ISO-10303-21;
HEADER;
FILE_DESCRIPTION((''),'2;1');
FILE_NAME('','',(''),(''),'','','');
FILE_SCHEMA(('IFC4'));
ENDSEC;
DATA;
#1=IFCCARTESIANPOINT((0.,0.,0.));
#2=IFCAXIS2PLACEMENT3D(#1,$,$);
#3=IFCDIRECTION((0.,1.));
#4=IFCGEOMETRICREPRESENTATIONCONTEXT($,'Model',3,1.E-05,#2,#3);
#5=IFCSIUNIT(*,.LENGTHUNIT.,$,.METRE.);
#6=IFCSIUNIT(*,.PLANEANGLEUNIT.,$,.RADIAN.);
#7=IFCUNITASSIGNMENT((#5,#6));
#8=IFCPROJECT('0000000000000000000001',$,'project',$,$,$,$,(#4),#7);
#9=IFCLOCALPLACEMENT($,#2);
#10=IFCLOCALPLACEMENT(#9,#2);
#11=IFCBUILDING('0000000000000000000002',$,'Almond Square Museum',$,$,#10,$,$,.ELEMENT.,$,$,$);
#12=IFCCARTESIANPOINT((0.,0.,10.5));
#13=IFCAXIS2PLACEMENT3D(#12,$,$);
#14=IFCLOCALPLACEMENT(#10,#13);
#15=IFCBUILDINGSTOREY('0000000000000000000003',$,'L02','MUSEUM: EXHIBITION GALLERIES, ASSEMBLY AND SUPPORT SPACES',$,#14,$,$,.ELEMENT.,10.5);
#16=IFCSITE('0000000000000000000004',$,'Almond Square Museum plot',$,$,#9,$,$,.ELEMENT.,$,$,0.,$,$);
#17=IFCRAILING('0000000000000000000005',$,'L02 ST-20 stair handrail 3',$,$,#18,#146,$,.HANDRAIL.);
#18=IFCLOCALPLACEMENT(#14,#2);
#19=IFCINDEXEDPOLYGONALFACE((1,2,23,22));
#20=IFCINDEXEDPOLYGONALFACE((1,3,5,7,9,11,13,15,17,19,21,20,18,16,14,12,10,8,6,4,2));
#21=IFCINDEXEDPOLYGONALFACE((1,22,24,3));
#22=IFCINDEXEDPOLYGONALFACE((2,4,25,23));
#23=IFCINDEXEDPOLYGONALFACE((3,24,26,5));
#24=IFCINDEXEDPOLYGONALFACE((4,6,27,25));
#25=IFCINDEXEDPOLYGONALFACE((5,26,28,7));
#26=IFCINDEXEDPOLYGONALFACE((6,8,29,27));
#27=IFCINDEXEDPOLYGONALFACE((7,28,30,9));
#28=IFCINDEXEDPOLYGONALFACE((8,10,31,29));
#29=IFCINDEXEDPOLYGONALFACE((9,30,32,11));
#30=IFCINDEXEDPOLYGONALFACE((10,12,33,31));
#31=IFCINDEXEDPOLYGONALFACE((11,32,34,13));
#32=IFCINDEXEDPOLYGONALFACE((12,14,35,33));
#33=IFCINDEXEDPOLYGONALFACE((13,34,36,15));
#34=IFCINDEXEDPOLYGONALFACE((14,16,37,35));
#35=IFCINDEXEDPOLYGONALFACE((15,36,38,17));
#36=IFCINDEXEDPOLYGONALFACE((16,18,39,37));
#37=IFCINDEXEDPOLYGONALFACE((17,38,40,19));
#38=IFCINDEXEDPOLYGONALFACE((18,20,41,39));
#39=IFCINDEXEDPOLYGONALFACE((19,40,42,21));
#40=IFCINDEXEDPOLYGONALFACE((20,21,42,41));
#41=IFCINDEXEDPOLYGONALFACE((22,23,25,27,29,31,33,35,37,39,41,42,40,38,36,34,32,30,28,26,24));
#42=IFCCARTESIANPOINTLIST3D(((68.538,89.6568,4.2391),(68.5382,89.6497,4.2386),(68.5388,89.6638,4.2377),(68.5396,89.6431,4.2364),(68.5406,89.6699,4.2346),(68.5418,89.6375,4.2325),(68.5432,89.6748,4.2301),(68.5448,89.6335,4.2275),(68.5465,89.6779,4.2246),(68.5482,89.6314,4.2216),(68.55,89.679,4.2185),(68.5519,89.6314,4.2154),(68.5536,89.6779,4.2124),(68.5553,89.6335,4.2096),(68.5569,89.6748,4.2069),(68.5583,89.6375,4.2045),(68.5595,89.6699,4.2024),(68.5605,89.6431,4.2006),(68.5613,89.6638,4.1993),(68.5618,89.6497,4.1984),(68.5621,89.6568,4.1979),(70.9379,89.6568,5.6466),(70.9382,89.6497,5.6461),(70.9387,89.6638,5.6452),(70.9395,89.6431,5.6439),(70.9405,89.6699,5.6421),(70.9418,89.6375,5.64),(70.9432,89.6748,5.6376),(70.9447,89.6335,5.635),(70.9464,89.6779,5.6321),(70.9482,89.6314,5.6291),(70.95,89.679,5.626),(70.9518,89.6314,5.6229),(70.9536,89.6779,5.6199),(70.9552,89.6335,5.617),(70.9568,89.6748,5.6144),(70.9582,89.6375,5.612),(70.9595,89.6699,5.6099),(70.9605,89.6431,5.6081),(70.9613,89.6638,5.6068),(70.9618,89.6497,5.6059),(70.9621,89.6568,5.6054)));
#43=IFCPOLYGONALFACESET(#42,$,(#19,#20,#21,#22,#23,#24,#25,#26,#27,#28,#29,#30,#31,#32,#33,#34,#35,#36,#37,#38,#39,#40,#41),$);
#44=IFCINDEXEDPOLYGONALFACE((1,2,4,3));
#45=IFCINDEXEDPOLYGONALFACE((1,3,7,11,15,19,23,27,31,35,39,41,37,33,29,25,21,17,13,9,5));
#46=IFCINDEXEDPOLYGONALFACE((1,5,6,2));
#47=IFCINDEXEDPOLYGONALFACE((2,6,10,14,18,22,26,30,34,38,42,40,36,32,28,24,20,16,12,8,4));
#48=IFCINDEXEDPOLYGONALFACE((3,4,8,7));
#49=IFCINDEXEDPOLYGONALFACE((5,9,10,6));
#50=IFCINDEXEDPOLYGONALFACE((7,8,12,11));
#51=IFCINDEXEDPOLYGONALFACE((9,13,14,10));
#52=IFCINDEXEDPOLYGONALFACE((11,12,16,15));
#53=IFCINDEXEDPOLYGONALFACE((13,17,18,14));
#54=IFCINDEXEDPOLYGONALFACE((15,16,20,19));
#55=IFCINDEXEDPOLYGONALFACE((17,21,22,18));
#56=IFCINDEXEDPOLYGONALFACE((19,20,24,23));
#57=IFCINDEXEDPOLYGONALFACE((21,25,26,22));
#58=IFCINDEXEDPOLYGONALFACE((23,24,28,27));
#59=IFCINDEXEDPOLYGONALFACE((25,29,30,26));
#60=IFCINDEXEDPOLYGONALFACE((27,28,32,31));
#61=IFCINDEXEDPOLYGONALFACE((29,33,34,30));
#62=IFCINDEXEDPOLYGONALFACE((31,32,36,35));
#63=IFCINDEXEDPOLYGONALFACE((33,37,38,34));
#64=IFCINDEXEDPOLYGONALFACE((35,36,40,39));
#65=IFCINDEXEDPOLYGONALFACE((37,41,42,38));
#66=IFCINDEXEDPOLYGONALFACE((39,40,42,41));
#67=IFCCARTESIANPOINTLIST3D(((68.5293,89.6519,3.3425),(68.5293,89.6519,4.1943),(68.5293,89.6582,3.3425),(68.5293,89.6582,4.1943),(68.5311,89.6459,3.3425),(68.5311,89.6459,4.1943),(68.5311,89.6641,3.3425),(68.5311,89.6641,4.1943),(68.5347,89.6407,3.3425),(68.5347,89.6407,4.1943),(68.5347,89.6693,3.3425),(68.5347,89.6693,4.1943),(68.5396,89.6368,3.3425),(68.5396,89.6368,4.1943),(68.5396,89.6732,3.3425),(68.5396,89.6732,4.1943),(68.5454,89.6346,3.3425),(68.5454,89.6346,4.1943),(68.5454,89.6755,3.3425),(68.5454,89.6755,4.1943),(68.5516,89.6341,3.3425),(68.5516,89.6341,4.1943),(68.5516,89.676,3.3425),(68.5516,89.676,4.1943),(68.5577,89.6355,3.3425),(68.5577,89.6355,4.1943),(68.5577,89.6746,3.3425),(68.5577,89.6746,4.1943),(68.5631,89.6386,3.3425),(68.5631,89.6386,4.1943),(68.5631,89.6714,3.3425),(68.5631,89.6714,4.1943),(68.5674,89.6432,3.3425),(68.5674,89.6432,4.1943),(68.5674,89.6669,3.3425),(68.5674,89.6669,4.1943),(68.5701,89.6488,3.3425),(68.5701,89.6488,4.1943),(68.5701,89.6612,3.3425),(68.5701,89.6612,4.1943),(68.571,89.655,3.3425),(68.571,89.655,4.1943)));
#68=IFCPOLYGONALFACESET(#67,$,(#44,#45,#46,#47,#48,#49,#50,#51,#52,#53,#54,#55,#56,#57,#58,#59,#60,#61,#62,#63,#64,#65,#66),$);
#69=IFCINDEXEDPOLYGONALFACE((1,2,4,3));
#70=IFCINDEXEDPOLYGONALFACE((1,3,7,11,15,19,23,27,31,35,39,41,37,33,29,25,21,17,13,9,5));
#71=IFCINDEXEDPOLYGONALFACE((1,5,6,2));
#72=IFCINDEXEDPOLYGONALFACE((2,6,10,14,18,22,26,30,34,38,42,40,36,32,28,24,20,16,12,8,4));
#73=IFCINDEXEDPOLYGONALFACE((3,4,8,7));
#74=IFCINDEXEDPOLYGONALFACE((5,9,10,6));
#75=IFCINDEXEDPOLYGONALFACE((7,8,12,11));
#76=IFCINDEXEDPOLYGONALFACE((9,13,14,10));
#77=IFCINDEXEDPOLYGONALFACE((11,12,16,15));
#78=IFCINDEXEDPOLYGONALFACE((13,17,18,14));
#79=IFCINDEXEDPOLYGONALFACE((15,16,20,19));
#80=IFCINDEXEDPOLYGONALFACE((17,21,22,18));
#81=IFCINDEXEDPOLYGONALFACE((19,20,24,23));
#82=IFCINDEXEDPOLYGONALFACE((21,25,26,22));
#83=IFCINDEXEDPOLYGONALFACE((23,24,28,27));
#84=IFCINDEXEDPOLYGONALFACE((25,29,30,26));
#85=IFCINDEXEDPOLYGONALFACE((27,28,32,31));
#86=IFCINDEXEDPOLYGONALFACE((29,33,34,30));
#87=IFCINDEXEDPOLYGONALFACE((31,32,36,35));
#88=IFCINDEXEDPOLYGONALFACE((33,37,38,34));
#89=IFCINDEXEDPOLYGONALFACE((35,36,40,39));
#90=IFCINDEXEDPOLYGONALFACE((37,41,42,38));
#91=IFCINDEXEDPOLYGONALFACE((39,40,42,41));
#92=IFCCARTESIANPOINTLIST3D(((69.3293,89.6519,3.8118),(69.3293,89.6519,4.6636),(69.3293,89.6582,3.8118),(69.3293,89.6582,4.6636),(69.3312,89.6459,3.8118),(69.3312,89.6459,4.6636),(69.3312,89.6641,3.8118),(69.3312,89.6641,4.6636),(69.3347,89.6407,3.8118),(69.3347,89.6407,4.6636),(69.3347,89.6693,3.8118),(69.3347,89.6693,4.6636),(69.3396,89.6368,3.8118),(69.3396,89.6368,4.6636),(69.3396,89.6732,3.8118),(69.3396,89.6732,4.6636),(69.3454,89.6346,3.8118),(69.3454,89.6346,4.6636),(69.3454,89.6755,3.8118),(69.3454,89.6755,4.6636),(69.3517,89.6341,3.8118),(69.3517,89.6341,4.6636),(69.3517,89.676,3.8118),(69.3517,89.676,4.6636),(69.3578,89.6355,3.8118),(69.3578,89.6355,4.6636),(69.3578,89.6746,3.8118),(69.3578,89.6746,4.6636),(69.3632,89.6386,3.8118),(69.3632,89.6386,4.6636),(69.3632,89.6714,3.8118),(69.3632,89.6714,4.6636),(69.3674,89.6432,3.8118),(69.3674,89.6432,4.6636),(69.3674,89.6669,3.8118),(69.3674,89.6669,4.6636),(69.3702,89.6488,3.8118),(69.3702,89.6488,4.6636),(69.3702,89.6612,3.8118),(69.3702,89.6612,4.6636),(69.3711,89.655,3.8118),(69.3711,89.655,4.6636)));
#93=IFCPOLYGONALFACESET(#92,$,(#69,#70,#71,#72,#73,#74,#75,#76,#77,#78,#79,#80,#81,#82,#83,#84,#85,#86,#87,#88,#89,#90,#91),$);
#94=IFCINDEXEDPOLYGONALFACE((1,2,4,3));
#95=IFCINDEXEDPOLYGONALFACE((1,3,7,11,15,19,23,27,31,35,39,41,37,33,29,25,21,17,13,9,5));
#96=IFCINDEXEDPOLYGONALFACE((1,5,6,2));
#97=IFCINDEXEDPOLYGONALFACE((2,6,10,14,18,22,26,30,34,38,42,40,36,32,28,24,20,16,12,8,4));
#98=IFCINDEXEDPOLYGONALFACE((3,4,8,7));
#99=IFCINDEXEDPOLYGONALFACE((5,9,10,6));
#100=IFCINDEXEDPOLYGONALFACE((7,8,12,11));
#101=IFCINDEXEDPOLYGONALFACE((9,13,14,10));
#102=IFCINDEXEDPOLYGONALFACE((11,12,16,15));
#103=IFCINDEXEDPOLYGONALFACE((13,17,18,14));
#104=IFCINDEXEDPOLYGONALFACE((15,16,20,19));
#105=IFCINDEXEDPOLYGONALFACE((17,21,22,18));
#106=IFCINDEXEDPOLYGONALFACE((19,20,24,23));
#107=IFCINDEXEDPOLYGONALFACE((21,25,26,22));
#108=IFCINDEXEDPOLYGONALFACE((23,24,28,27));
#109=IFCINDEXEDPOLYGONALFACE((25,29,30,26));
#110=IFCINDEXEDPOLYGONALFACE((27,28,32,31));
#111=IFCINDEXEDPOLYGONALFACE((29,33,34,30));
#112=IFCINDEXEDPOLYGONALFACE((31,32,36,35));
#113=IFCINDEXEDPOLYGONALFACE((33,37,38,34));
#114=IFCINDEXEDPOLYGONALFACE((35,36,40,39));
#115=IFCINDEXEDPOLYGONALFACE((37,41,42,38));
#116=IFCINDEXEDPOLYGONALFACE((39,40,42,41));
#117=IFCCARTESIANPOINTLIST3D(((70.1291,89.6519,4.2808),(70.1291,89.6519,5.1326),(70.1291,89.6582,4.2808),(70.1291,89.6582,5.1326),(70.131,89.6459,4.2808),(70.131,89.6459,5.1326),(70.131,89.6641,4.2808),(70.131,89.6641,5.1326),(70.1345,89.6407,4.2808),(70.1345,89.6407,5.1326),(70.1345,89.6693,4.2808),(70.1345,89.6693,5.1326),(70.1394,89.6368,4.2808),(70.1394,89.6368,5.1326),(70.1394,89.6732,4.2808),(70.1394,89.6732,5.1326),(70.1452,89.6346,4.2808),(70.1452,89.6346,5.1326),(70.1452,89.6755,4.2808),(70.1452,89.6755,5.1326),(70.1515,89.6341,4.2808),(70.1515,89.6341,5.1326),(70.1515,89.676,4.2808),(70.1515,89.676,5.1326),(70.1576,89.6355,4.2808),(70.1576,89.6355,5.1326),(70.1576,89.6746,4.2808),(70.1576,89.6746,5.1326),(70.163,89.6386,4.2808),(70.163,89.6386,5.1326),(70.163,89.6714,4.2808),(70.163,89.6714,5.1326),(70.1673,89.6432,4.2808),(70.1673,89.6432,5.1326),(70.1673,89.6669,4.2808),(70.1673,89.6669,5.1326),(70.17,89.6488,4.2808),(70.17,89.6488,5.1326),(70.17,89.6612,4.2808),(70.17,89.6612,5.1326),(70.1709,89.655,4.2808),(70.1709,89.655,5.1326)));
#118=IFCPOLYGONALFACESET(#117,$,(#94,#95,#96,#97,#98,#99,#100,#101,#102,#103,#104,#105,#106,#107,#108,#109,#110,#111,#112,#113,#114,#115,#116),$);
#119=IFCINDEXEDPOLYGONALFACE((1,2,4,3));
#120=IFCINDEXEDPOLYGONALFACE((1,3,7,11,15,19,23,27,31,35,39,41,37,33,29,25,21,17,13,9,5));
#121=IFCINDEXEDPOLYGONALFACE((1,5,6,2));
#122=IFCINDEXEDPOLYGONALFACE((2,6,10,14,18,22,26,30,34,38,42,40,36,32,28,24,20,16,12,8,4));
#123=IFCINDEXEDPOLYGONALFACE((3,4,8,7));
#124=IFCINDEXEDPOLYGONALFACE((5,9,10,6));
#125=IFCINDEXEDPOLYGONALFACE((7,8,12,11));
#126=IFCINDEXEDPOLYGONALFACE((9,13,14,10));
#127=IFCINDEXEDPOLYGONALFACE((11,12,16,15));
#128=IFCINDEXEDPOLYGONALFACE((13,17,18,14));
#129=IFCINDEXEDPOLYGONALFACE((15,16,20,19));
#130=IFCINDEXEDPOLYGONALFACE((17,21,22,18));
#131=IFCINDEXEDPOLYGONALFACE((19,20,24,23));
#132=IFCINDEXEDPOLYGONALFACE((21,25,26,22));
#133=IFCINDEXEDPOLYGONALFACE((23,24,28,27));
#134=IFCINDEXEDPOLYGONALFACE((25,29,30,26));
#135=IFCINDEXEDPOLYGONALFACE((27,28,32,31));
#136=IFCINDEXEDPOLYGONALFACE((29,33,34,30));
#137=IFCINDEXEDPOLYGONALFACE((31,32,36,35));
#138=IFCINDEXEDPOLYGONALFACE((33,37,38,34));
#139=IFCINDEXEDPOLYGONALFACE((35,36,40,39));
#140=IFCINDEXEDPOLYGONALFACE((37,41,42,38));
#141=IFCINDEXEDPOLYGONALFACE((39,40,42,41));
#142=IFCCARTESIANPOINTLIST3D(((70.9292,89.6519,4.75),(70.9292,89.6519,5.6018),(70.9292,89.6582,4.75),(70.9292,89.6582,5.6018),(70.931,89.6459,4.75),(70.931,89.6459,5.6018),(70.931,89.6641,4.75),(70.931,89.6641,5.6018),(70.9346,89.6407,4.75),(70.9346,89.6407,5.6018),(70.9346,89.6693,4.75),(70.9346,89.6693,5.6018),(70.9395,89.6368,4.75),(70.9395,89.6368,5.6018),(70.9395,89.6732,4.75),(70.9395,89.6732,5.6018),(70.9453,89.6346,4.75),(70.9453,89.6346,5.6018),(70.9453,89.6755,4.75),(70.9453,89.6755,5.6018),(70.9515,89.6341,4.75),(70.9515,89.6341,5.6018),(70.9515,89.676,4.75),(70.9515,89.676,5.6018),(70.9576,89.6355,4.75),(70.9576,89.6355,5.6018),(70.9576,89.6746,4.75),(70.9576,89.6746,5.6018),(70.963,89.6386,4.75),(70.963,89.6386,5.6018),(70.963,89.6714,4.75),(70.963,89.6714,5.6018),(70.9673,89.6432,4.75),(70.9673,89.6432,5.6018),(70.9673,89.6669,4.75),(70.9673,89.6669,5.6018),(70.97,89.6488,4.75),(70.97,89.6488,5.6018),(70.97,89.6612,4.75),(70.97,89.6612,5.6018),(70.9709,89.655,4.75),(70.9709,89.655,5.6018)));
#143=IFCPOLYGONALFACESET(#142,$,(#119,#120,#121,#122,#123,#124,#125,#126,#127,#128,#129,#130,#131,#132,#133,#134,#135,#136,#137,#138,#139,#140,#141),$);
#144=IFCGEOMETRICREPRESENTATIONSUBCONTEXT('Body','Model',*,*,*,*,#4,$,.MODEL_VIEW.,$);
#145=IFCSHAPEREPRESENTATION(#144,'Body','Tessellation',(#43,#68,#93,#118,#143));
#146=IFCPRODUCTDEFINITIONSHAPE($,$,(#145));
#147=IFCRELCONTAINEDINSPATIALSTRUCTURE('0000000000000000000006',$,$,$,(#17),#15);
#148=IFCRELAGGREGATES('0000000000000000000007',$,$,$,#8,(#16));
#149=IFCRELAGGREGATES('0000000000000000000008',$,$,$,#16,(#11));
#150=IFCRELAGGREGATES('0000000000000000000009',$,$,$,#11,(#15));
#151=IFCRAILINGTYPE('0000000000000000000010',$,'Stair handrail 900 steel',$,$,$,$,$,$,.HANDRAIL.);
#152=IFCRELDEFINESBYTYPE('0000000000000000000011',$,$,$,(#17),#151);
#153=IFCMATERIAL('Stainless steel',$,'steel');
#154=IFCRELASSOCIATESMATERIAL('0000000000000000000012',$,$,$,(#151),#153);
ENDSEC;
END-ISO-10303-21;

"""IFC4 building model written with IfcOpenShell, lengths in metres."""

from ifc_helpers import new_model, si_unit, direction, frame, origin, origin_2d, place, context, subcontext, project, spatial, circle, extrude, material, type_object, element, save


model = new_model("IFC4")

# Units and contexts
model_context = context("Model", 3, precision=1e-05, world=origin(), true_north=direction((0.0, 1.0)))
body_context = subcontext(model_context, "Body", "Model", "MODEL_VIEW")
ifc_project = project(units=[si_unit("LENGTHUNIT", "METRE"), si_unit("PLANEANGLEUNIT", "RADIAN")], contexts=[model_context])

# Site, building, storey
site_placement = place(None, origin())
site = spatial("IfcSite", under=ifc_project, at=site_placement, Name="Almond Square Museum plot", CompositionType="ELEMENT", RefElevation=0.0)
building_placement = place(site_placement, origin())
building = spatial("IfcBuilding", under=site, at=building_placement, Name="Almond Square Museum", CompositionType="ELEMENT")
storey_placement = place(building_placement, frame((0.0, 0.0, 10.5)))
storey = spatial("IfcBuildingStorey", under=building, at=storey_placement, Name="L02", Description="MUSEUM: EXHIBITION GALLERIES, ASSEMBLY AND SUPPORT SPACES", CompositionType="ELEMENT", Elevation=10.5)

# Railing
ifc_material_1 = material(Name="Stainless steel", Category="steel")
railing_type_1 = type_object("IfcRailingType", Name="Stair handrail 900 steel", PredefinedType="HANDRAIL", material=ifc_material_1)
for number, where, name in (
    (1, (68.55, 89.655, 3.3425), "L02 ST-20 stair handrail 3"),
):
    element("IfcRailing", number, at=place(storey_placement, frame(where)), inside=storey, type_object=railing_type_1, Name=name, PredefinedType="HANDRAIL", context=body_context, shape_type="SweptSolid", body=[
        extrude(circle(Radius=0.0239, at=origin_2d()), frame((0.0, 0.0, 0.876), z_axis=(0.862599, 0.0, 0.505888), x_axis=(0.0, 1.0, 0.0)), (0.0, 0.0, 1.0), 2.7822),
        extrude(circle(Radius=0.021, at=origin_2d()), origin(), (0.0, 0.0, 1.0), 0.8518),
        extrude(circle(Radius=0.021, at=origin_2d()), frame((0.8, 0.0, 0.4692)), (0.0, 0.0, 1.0), 0.8518),
        extrude(circle(Radius=0.021, at=origin_2d()), frame((1.5999, 0.0, 0.9382)), (0.0, 0.0, 1.0), 0.8518),
        extrude(circle(Radius=0.021, at=origin_2d()), frame((2.3999, 0.0, 1.4075)), (0.0, 0.0, 1.0), 0.8518),
    ])

save(model, "model.ifc")
